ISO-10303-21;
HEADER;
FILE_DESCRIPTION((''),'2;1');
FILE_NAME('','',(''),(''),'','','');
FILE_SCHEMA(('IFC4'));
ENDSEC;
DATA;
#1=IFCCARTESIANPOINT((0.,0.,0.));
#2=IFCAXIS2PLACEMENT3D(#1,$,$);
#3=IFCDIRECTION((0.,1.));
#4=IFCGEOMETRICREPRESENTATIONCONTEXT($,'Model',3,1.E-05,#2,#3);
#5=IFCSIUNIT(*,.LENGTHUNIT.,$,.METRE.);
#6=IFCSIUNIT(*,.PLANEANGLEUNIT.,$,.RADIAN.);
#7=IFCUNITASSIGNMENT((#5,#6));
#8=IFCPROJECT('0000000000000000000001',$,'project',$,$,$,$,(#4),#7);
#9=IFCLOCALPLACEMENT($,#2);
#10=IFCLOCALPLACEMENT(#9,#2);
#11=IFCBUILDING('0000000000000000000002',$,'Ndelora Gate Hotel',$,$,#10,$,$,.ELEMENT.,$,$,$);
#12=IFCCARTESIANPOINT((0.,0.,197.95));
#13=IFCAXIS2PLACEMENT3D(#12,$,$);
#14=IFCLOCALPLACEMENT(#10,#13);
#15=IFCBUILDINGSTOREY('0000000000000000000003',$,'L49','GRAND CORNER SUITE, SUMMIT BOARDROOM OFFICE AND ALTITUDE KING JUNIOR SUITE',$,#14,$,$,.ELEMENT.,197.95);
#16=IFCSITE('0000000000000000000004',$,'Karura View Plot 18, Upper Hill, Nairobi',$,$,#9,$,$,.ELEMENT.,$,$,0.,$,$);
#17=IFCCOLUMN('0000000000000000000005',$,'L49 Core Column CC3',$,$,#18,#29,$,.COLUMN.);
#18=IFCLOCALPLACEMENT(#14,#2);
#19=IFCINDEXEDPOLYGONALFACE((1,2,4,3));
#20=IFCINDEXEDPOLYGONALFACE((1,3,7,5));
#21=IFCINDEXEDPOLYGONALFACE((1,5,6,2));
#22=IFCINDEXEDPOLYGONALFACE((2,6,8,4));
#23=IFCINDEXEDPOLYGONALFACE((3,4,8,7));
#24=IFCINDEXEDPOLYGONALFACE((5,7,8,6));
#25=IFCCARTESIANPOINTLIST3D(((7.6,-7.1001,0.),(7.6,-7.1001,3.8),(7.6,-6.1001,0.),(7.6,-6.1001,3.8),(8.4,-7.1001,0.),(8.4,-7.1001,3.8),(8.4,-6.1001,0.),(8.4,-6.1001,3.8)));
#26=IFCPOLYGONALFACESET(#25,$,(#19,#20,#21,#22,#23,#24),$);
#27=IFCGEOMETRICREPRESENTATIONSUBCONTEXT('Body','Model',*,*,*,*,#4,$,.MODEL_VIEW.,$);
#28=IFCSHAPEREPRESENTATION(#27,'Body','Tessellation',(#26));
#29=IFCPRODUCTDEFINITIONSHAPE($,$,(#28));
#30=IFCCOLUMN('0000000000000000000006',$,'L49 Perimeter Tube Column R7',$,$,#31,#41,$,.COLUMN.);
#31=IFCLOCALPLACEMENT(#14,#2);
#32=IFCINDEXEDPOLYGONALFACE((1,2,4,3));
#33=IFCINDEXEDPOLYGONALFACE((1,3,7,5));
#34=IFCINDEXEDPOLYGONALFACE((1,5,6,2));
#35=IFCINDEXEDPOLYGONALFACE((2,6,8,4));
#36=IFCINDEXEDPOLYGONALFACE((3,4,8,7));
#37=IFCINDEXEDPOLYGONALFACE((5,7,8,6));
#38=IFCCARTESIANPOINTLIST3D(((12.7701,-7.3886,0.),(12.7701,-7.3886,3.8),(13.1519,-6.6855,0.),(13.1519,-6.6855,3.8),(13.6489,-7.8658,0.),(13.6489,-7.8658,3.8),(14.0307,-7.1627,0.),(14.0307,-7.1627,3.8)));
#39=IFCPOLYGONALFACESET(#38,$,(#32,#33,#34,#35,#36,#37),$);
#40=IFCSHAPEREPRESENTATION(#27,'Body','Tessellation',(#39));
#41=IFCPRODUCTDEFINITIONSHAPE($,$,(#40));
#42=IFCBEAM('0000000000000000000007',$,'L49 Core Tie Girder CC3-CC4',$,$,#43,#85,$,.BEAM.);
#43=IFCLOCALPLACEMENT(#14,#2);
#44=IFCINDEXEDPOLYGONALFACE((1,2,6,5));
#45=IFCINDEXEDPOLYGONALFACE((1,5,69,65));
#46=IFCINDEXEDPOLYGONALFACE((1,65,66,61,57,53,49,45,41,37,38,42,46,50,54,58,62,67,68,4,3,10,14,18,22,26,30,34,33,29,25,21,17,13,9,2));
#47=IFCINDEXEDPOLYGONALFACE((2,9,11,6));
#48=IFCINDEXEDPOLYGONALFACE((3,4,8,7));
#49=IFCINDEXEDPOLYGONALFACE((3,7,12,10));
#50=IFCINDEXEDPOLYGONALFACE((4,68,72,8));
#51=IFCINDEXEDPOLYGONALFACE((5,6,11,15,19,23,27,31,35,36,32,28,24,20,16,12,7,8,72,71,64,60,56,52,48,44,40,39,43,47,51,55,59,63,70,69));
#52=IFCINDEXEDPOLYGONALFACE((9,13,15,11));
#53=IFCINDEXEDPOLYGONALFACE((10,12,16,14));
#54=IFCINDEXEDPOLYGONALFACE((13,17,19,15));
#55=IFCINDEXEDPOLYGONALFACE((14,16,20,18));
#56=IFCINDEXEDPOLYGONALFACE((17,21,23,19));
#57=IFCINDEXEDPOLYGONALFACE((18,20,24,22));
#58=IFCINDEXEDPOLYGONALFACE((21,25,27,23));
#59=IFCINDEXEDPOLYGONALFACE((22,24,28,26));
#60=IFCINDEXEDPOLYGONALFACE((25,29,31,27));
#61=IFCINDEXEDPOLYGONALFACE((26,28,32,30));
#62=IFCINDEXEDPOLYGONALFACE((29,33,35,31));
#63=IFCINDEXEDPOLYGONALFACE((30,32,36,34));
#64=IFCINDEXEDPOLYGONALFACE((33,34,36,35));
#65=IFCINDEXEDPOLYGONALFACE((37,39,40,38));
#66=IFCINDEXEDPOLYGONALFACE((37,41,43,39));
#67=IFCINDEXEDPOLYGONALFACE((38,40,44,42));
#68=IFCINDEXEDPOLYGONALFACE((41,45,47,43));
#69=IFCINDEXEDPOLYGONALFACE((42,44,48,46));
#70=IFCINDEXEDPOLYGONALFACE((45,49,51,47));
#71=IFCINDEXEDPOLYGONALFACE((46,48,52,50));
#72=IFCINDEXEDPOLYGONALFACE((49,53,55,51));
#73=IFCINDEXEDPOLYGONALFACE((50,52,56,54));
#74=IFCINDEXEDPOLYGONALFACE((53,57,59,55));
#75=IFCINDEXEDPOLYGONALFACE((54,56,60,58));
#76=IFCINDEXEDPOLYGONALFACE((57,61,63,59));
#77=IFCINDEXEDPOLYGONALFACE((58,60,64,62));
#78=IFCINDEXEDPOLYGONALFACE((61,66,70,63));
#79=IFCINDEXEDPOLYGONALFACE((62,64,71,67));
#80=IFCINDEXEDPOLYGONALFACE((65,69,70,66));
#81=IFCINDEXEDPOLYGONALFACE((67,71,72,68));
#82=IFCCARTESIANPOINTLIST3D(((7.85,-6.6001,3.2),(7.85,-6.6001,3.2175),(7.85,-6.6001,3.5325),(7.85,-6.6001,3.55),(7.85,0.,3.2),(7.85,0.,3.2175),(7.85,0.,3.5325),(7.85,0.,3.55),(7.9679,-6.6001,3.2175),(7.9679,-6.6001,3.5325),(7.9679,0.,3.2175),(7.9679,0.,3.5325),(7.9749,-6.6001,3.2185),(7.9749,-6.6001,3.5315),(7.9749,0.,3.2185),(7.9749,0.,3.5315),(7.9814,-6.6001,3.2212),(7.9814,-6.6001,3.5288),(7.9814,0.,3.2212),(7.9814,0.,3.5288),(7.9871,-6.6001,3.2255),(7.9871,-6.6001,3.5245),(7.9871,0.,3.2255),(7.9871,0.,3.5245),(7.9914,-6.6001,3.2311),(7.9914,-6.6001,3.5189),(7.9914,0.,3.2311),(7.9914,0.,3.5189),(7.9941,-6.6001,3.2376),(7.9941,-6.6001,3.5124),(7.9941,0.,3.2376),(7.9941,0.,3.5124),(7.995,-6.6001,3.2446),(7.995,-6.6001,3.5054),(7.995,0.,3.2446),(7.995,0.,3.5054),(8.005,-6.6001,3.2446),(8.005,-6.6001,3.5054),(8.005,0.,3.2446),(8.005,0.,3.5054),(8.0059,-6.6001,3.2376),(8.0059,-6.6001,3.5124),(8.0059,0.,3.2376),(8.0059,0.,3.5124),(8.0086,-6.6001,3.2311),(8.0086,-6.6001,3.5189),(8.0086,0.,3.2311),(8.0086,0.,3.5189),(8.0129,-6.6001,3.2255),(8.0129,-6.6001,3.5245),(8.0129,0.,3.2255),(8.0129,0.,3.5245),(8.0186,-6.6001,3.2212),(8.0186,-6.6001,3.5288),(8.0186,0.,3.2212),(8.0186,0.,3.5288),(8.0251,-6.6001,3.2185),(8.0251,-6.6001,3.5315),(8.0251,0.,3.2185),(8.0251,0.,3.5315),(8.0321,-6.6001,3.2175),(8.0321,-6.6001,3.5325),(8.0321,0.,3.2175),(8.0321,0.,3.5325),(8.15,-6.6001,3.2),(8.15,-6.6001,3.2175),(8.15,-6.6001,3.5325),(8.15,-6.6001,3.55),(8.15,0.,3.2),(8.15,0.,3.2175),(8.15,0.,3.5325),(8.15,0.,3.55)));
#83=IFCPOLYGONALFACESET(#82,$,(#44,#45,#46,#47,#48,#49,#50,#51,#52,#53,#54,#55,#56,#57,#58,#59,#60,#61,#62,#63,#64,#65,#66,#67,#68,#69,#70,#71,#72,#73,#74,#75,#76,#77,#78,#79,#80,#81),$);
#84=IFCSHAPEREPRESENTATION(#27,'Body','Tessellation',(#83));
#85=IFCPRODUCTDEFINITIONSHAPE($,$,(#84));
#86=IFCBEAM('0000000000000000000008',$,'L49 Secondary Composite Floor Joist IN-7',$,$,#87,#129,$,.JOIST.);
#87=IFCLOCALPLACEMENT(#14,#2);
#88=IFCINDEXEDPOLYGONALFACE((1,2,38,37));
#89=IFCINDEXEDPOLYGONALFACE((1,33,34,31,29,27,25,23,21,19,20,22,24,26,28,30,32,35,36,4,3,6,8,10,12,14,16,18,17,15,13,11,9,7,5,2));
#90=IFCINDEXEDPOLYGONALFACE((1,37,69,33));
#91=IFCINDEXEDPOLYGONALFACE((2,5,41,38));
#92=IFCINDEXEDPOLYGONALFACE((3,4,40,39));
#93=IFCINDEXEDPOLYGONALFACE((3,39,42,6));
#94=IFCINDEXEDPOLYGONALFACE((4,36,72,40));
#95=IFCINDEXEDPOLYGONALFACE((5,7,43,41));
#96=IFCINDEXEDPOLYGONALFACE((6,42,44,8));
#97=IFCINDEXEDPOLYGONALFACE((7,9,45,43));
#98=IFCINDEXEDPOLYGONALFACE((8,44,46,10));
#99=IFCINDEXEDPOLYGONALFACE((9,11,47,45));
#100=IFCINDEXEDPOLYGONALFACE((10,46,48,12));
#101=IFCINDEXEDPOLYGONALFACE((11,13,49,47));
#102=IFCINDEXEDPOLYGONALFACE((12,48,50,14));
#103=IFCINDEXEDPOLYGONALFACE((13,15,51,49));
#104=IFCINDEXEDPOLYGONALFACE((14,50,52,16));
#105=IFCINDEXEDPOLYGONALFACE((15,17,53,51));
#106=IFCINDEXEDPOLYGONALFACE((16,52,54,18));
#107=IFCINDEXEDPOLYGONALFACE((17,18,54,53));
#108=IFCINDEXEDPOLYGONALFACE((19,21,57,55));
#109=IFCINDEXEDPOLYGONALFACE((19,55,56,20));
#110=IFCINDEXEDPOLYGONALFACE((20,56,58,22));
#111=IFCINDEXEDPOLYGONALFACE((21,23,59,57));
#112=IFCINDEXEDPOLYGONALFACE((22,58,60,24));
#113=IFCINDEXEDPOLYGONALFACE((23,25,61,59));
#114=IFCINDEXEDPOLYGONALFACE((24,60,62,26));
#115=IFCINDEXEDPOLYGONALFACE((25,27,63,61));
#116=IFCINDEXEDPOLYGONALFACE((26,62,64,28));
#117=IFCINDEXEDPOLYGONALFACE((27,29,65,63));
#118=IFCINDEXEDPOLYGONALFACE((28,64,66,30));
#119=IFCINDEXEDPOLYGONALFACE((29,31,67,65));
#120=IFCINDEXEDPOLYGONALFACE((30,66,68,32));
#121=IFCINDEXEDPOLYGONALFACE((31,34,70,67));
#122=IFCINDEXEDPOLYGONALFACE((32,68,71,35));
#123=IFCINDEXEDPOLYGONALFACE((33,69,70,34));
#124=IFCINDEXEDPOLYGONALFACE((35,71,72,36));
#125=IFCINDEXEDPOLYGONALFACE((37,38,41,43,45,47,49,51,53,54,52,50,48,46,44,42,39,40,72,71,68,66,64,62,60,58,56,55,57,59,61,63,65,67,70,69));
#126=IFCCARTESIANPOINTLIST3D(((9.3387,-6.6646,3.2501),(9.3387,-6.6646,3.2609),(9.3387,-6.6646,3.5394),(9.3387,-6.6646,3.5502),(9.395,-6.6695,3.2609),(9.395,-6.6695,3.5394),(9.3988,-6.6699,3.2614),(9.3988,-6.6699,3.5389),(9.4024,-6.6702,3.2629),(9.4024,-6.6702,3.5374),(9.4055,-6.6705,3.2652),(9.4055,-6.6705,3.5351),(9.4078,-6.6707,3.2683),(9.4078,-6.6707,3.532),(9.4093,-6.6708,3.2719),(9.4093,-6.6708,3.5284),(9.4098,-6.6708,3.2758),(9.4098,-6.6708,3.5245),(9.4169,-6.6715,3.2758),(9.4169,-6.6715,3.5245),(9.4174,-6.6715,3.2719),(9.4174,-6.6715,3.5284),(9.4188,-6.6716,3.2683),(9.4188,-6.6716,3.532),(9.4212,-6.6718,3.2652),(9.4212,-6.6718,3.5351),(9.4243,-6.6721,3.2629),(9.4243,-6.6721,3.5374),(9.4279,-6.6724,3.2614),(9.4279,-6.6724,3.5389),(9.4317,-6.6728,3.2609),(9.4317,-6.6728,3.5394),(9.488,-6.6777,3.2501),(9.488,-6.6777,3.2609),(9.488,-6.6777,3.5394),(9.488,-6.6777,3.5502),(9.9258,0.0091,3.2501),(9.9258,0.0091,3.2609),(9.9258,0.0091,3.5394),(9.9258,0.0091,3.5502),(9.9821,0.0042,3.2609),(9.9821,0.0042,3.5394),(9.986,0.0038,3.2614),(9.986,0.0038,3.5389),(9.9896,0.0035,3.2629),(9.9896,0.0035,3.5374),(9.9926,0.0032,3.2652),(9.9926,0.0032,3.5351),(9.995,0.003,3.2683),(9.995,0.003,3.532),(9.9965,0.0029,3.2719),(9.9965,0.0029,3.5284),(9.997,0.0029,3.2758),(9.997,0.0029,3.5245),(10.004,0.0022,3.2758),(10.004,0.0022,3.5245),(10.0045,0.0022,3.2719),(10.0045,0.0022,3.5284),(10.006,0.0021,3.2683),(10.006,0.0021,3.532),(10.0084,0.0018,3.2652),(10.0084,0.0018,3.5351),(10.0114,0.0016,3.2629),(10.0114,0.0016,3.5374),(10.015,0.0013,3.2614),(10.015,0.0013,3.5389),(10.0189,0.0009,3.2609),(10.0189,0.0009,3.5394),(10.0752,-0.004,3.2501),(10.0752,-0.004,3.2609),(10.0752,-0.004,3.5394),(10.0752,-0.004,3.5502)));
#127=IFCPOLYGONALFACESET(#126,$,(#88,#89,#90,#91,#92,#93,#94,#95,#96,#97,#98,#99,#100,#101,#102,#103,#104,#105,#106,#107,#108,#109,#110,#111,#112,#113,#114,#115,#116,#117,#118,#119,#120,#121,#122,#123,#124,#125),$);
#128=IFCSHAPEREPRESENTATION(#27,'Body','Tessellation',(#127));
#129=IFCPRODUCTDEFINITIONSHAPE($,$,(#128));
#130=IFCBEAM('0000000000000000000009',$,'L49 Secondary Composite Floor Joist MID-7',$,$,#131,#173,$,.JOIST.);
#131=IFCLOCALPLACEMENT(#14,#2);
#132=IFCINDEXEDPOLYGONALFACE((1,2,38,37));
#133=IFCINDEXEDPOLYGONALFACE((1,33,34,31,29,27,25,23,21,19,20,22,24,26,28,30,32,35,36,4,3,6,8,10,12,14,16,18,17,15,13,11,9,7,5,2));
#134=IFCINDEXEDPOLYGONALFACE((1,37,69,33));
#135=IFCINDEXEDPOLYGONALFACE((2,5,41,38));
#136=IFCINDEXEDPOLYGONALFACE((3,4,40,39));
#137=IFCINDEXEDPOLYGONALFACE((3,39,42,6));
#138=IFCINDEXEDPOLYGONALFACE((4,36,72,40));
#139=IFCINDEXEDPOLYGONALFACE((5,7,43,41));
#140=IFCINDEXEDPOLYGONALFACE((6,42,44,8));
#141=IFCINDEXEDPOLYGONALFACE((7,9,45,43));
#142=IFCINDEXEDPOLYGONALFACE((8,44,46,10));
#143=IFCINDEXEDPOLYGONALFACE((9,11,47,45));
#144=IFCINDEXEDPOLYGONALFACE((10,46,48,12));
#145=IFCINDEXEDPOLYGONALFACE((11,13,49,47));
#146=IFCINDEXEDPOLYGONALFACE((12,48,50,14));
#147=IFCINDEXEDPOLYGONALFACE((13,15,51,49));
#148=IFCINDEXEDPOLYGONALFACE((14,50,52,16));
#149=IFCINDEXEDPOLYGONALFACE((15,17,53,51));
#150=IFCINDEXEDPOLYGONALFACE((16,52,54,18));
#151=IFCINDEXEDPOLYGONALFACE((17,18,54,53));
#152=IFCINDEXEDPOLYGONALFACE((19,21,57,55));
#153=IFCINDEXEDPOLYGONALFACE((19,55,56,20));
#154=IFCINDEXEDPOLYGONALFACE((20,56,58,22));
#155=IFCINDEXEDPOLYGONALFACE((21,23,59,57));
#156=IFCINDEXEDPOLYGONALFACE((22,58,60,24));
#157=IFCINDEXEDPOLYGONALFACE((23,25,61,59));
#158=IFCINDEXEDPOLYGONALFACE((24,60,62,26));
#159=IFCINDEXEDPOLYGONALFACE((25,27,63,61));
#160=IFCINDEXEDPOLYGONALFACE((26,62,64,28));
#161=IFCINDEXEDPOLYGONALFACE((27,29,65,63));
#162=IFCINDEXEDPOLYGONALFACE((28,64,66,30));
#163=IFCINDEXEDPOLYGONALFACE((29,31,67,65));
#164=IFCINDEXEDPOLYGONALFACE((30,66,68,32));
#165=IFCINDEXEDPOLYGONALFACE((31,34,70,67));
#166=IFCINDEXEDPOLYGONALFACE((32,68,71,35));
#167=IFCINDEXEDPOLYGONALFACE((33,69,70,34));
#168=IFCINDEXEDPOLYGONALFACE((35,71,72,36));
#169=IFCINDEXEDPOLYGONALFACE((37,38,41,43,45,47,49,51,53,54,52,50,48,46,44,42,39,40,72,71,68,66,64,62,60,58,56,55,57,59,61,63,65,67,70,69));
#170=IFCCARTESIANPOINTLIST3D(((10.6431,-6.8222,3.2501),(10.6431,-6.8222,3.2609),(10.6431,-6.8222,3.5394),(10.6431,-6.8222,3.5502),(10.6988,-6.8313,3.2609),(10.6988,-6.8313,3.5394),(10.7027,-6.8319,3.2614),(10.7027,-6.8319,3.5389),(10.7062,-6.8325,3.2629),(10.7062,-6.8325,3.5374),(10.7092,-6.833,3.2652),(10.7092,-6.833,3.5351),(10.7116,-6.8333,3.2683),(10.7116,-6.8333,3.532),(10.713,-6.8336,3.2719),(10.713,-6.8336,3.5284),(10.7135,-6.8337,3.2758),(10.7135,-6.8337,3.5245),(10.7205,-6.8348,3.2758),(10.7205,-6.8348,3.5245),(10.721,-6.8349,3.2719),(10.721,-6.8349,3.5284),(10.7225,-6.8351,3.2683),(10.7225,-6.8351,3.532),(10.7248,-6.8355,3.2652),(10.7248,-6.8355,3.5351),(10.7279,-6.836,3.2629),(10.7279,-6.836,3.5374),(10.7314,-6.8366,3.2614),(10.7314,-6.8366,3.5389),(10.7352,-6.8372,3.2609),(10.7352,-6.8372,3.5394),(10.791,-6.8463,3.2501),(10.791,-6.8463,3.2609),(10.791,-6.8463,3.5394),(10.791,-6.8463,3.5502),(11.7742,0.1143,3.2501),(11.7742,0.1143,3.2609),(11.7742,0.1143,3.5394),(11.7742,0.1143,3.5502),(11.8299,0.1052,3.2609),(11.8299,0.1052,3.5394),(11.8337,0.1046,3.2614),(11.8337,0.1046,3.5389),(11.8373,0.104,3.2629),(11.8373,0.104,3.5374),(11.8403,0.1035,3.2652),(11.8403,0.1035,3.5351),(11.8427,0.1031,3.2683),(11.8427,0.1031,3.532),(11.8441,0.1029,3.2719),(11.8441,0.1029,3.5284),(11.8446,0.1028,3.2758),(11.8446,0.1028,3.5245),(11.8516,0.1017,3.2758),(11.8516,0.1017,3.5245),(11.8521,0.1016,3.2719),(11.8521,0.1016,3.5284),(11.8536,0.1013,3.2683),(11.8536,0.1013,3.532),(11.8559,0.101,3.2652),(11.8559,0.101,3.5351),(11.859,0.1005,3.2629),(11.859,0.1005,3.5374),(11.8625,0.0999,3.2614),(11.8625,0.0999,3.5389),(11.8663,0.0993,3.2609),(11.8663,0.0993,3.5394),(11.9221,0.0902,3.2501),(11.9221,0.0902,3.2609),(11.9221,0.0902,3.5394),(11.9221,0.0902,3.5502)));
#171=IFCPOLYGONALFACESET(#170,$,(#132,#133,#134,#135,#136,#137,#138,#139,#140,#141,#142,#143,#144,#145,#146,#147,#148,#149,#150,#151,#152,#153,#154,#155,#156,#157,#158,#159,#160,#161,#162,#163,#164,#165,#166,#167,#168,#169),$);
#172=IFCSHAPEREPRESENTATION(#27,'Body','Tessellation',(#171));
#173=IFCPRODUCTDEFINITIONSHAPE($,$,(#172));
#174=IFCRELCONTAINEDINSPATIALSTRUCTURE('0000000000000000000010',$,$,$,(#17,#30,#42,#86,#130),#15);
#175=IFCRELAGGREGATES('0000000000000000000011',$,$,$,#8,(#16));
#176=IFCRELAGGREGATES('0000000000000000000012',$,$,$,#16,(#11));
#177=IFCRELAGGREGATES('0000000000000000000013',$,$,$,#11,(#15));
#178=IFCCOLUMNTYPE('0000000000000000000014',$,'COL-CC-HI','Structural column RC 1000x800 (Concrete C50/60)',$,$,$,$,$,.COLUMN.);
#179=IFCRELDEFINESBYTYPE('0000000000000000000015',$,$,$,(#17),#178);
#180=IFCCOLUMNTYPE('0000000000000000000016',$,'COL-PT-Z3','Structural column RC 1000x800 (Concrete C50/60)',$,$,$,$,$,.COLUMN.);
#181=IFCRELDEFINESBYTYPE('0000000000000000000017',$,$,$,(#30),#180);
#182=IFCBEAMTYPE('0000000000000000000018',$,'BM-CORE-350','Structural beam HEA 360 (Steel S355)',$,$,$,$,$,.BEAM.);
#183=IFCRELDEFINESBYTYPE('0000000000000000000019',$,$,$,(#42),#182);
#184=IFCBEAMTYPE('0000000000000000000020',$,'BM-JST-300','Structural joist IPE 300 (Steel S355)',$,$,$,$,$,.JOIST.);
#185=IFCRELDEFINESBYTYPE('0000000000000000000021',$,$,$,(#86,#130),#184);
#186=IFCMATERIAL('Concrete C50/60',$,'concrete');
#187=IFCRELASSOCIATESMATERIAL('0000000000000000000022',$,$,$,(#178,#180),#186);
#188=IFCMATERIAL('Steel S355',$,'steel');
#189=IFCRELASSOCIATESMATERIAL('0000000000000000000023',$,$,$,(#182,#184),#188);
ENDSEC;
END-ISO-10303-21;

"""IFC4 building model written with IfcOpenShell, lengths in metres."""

from ifc_helpers import new_model, si_unit, direction, frame, origin, origin_2d, place, context, subcontext, project, spatial, rectangle, i_section, extrude, material, material_profile, profile_set, type_object, element, save


model = new_model("IFC4")

# Units and contexts
model_context = context("Model", 3, precision=1e-05, world=origin(), true_north=direction((0.0, 1.0)))
body_context = subcontext(model_context, "Body", "Model", "MODEL_VIEW")
ifc_project = project(units=[si_unit("LENGTHUNIT", "METRE"), si_unit("PLANEANGLEUNIT", "RADIAN")], contexts=[model_context])

# Site, building, storey
site_placement = place(None, origin())
site = spatial("IfcSite", under=ifc_project, at=site_placement, Name="Karura View Plot 18, Upper Hill, Nairobi", CompositionType="ELEMENT", RefElevation=0.0)
building_placement = place(site_placement, origin())
building = spatial("IfcBuilding", under=site, at=building_placement, Name="Ndelora Gate Hotel", CompositionType="ELEMENT")
storey_placement = place(building_placement, frame((0.0, 0.0, 197.95)))
storey = spatial("IfcBuildingStorey", under=building, at=storey_placement, Name="L49", Description="GRAND CORNER SUITE, SUMMIT BOARDROOM OFFICE AND ALTITUDE KING JUNIOR SUITE", CompositionType="ELEMENT", Elevation=197.95)

# Columns
ifc_material_1 = material(Name="Concrete C50/60", Category="concrete")
ifc_material_profile_1 = material_profile(ifc_material_1, rectangle(XDim=0.8, YDim=1.0, at=origin_2d()), Name="RC 1000x800")
ifc_profile_set_1 = profile_set([ifc_material_profile_1], Name="Concrete C50/60")
column_type_1 = type_object("IfcColumnType", Name="COL-CC-HI", Description="Structural column RC 1000x800 (Concrete C50/60)", PredefinedType="COLUMN", material=ifc_profile_set_1)
column_1_placement = place(storey_placement, frame((8.0, -6.6001, 0.0), z_axis=(0.0, 0.0, 1.0), x_axis=(1.0, 0.0, 0.0)))
element("IfcColumn", 1, at=column_1_placement, inside=storey, type_object=column_type_1, Name="L49 Core Column CC3", PredefinedType="COLUMN", context=body_context, shape_type="SweptSolid", body=[
    extrude(rectangle(XDim=0.8, YDim=1.0, at=origin_2d()), origin(), (0.0, 0.0, 1.0), 3.8),
])
ifc_material_profile_2 = material_profile(ifc_material_1, rectangle(XDim=0.8, YDim=1.0, at=origin_2d()), Name="RC 1000x800")
ifc_profile_set_2 = profile_set([ifc_material_profile_2], Name="Concrete C50/60")
column_type_2 = type_object("IfcColumnType", Name="COL-PT-Z3", Description="Structural column RC 1000x800 (Concrete C50/60)", PredefinedType="COLUMN", material=ifc_profile_set_2)
column_2_placement = place(storey_placement, frame((13.4004, -7.2756, 0.0), z_axis=(0.0, 0.0, 1.0), x_axis=(0.477159, 0.878817, 0.0)))
element("IfcColumn", 2, at=column_2_placement, inside=storey, type_object=column_type_2, Name="L49 Perimeter Tube Column R7", PredefinedType="COLUMN", context=body_context, shape_type="SweptSolid", body=[
    extrude(rectangle(XDim=0.8, YDim=1.0, at=origin_2d()), origin(), (0.0, 0.0, 1.0), 3.8),
])

# Beams
ifc_material_2 = material(Name="Steel S355", Category="steel")
ifc_material_profile_3 = material_profile(ifc_material_2, i_section(OverallWidth=0.3, OverallDepth=0.3501, WebThickness=0.01, FlangeThickness=0.0176, FilletRadius=0.0271, at=origin_2d()), Name="HEA 360")
ifc_profile_set_3 = profile_set([ifc_material_profile_3], Name="Steel S355")
beam_type_1 = type_object("IfcBeamType", Name="BM-CORE-350", Description="Structural beam HEA 360 (Steel S355)", PredefinedType="BEAM", material=ifc_profile_set_3)
beam_1_placement = place(storey_placement, frame((8.0, -6.6001, 3.375), z_axis=(0.0, 1.0, 0.0), x_axis=(-1.0, 0.0, 0.0)))
element("IfcBeam", 3, at=beam_1_placement, inside=storey, type_object=beam_type_1, Name="L49 Core Tie Girder CC3-CC4", PredefinedType="BEAM", context=body_context, shape_type="SweptSolid", body=[
    extrude(i_section(OverallWidth=0.3, OverallDepth=0.3501, WebThickness=0.01, FlangeThickness=0.0176, FilletRadius=0.0271, at=origin_2d()), origin(), (0.0, 0.0, 1.0), 6.6001),
])
ifc_material_profile_4 = material_profile(ifc_material_2, i_section(OverallWidth=0.1499, OverallDepth=0.3, WebThickness=0.0071, FlangeThickness=0.0107, FilletRadius=0.0149, at=origin_2d()), Name="IPE 300")
ifc_profile_set_4 = profile_set([ifc_material_profile_4], Name="Steel S355")
beam_type_2 = type_object("IfcBeamType", Name="BM-JST-300", Description="Structural joist IPE 300 (Steel S355)", PredefinedType="JOIST", material=ifc_profile_set_4)
beam_2_placement = place(storey_placement, frame((9.4133, -6.6711, 3.4001), z_axis=(0.087644, 0.996152, 0.0), x_axis=(-0.996152, 0.087644, 0.0)))
element("IfcBeam", 4, at=beam_2_placement, inside=storey, type_object=beam_type_2, Name="L49 Secondary Composite Floor Joist IN-7", PredefinedType="JOIST", context=body_context, shape_type="SweptSolid", body=[
    extrude(i_section(OverallWidth=0.1499, OverallDepth=0.3, WebThickness=0.0071, FlangeThickness=0.0107, FilletRadius=0.0149, at=origin_2d()), origin(), (0.0, 0.0, 1.0), 6.6995),
])
beam_3_placement = place(storey_placement, frame((10.717, -6.8342, 3.4001), z_axis=(0.160939, 0.986964, 0.0), x_axis=(-0.986964, 0.160939, 0.0)))
element("IfcBeam", 5, at=beam_3_placement, inside=storey, type_object=beam_type_2, Name="L49 Secondary Composite Floor Joist MID-7", PredefinedType="JOIST", context=body_context, shape_type="SweptSolid", body=[
    extrude(i_section(OverallWidth=0.1499, OverallDepth=0.3, WebThickness=0.0071, FlangeThickness=0.0107, FilletRadius=0.0149, at=origin_2d()), origin(), (0.0, 0.0, 1.0), 7.0281),
])

save(model, "model.ifc")
